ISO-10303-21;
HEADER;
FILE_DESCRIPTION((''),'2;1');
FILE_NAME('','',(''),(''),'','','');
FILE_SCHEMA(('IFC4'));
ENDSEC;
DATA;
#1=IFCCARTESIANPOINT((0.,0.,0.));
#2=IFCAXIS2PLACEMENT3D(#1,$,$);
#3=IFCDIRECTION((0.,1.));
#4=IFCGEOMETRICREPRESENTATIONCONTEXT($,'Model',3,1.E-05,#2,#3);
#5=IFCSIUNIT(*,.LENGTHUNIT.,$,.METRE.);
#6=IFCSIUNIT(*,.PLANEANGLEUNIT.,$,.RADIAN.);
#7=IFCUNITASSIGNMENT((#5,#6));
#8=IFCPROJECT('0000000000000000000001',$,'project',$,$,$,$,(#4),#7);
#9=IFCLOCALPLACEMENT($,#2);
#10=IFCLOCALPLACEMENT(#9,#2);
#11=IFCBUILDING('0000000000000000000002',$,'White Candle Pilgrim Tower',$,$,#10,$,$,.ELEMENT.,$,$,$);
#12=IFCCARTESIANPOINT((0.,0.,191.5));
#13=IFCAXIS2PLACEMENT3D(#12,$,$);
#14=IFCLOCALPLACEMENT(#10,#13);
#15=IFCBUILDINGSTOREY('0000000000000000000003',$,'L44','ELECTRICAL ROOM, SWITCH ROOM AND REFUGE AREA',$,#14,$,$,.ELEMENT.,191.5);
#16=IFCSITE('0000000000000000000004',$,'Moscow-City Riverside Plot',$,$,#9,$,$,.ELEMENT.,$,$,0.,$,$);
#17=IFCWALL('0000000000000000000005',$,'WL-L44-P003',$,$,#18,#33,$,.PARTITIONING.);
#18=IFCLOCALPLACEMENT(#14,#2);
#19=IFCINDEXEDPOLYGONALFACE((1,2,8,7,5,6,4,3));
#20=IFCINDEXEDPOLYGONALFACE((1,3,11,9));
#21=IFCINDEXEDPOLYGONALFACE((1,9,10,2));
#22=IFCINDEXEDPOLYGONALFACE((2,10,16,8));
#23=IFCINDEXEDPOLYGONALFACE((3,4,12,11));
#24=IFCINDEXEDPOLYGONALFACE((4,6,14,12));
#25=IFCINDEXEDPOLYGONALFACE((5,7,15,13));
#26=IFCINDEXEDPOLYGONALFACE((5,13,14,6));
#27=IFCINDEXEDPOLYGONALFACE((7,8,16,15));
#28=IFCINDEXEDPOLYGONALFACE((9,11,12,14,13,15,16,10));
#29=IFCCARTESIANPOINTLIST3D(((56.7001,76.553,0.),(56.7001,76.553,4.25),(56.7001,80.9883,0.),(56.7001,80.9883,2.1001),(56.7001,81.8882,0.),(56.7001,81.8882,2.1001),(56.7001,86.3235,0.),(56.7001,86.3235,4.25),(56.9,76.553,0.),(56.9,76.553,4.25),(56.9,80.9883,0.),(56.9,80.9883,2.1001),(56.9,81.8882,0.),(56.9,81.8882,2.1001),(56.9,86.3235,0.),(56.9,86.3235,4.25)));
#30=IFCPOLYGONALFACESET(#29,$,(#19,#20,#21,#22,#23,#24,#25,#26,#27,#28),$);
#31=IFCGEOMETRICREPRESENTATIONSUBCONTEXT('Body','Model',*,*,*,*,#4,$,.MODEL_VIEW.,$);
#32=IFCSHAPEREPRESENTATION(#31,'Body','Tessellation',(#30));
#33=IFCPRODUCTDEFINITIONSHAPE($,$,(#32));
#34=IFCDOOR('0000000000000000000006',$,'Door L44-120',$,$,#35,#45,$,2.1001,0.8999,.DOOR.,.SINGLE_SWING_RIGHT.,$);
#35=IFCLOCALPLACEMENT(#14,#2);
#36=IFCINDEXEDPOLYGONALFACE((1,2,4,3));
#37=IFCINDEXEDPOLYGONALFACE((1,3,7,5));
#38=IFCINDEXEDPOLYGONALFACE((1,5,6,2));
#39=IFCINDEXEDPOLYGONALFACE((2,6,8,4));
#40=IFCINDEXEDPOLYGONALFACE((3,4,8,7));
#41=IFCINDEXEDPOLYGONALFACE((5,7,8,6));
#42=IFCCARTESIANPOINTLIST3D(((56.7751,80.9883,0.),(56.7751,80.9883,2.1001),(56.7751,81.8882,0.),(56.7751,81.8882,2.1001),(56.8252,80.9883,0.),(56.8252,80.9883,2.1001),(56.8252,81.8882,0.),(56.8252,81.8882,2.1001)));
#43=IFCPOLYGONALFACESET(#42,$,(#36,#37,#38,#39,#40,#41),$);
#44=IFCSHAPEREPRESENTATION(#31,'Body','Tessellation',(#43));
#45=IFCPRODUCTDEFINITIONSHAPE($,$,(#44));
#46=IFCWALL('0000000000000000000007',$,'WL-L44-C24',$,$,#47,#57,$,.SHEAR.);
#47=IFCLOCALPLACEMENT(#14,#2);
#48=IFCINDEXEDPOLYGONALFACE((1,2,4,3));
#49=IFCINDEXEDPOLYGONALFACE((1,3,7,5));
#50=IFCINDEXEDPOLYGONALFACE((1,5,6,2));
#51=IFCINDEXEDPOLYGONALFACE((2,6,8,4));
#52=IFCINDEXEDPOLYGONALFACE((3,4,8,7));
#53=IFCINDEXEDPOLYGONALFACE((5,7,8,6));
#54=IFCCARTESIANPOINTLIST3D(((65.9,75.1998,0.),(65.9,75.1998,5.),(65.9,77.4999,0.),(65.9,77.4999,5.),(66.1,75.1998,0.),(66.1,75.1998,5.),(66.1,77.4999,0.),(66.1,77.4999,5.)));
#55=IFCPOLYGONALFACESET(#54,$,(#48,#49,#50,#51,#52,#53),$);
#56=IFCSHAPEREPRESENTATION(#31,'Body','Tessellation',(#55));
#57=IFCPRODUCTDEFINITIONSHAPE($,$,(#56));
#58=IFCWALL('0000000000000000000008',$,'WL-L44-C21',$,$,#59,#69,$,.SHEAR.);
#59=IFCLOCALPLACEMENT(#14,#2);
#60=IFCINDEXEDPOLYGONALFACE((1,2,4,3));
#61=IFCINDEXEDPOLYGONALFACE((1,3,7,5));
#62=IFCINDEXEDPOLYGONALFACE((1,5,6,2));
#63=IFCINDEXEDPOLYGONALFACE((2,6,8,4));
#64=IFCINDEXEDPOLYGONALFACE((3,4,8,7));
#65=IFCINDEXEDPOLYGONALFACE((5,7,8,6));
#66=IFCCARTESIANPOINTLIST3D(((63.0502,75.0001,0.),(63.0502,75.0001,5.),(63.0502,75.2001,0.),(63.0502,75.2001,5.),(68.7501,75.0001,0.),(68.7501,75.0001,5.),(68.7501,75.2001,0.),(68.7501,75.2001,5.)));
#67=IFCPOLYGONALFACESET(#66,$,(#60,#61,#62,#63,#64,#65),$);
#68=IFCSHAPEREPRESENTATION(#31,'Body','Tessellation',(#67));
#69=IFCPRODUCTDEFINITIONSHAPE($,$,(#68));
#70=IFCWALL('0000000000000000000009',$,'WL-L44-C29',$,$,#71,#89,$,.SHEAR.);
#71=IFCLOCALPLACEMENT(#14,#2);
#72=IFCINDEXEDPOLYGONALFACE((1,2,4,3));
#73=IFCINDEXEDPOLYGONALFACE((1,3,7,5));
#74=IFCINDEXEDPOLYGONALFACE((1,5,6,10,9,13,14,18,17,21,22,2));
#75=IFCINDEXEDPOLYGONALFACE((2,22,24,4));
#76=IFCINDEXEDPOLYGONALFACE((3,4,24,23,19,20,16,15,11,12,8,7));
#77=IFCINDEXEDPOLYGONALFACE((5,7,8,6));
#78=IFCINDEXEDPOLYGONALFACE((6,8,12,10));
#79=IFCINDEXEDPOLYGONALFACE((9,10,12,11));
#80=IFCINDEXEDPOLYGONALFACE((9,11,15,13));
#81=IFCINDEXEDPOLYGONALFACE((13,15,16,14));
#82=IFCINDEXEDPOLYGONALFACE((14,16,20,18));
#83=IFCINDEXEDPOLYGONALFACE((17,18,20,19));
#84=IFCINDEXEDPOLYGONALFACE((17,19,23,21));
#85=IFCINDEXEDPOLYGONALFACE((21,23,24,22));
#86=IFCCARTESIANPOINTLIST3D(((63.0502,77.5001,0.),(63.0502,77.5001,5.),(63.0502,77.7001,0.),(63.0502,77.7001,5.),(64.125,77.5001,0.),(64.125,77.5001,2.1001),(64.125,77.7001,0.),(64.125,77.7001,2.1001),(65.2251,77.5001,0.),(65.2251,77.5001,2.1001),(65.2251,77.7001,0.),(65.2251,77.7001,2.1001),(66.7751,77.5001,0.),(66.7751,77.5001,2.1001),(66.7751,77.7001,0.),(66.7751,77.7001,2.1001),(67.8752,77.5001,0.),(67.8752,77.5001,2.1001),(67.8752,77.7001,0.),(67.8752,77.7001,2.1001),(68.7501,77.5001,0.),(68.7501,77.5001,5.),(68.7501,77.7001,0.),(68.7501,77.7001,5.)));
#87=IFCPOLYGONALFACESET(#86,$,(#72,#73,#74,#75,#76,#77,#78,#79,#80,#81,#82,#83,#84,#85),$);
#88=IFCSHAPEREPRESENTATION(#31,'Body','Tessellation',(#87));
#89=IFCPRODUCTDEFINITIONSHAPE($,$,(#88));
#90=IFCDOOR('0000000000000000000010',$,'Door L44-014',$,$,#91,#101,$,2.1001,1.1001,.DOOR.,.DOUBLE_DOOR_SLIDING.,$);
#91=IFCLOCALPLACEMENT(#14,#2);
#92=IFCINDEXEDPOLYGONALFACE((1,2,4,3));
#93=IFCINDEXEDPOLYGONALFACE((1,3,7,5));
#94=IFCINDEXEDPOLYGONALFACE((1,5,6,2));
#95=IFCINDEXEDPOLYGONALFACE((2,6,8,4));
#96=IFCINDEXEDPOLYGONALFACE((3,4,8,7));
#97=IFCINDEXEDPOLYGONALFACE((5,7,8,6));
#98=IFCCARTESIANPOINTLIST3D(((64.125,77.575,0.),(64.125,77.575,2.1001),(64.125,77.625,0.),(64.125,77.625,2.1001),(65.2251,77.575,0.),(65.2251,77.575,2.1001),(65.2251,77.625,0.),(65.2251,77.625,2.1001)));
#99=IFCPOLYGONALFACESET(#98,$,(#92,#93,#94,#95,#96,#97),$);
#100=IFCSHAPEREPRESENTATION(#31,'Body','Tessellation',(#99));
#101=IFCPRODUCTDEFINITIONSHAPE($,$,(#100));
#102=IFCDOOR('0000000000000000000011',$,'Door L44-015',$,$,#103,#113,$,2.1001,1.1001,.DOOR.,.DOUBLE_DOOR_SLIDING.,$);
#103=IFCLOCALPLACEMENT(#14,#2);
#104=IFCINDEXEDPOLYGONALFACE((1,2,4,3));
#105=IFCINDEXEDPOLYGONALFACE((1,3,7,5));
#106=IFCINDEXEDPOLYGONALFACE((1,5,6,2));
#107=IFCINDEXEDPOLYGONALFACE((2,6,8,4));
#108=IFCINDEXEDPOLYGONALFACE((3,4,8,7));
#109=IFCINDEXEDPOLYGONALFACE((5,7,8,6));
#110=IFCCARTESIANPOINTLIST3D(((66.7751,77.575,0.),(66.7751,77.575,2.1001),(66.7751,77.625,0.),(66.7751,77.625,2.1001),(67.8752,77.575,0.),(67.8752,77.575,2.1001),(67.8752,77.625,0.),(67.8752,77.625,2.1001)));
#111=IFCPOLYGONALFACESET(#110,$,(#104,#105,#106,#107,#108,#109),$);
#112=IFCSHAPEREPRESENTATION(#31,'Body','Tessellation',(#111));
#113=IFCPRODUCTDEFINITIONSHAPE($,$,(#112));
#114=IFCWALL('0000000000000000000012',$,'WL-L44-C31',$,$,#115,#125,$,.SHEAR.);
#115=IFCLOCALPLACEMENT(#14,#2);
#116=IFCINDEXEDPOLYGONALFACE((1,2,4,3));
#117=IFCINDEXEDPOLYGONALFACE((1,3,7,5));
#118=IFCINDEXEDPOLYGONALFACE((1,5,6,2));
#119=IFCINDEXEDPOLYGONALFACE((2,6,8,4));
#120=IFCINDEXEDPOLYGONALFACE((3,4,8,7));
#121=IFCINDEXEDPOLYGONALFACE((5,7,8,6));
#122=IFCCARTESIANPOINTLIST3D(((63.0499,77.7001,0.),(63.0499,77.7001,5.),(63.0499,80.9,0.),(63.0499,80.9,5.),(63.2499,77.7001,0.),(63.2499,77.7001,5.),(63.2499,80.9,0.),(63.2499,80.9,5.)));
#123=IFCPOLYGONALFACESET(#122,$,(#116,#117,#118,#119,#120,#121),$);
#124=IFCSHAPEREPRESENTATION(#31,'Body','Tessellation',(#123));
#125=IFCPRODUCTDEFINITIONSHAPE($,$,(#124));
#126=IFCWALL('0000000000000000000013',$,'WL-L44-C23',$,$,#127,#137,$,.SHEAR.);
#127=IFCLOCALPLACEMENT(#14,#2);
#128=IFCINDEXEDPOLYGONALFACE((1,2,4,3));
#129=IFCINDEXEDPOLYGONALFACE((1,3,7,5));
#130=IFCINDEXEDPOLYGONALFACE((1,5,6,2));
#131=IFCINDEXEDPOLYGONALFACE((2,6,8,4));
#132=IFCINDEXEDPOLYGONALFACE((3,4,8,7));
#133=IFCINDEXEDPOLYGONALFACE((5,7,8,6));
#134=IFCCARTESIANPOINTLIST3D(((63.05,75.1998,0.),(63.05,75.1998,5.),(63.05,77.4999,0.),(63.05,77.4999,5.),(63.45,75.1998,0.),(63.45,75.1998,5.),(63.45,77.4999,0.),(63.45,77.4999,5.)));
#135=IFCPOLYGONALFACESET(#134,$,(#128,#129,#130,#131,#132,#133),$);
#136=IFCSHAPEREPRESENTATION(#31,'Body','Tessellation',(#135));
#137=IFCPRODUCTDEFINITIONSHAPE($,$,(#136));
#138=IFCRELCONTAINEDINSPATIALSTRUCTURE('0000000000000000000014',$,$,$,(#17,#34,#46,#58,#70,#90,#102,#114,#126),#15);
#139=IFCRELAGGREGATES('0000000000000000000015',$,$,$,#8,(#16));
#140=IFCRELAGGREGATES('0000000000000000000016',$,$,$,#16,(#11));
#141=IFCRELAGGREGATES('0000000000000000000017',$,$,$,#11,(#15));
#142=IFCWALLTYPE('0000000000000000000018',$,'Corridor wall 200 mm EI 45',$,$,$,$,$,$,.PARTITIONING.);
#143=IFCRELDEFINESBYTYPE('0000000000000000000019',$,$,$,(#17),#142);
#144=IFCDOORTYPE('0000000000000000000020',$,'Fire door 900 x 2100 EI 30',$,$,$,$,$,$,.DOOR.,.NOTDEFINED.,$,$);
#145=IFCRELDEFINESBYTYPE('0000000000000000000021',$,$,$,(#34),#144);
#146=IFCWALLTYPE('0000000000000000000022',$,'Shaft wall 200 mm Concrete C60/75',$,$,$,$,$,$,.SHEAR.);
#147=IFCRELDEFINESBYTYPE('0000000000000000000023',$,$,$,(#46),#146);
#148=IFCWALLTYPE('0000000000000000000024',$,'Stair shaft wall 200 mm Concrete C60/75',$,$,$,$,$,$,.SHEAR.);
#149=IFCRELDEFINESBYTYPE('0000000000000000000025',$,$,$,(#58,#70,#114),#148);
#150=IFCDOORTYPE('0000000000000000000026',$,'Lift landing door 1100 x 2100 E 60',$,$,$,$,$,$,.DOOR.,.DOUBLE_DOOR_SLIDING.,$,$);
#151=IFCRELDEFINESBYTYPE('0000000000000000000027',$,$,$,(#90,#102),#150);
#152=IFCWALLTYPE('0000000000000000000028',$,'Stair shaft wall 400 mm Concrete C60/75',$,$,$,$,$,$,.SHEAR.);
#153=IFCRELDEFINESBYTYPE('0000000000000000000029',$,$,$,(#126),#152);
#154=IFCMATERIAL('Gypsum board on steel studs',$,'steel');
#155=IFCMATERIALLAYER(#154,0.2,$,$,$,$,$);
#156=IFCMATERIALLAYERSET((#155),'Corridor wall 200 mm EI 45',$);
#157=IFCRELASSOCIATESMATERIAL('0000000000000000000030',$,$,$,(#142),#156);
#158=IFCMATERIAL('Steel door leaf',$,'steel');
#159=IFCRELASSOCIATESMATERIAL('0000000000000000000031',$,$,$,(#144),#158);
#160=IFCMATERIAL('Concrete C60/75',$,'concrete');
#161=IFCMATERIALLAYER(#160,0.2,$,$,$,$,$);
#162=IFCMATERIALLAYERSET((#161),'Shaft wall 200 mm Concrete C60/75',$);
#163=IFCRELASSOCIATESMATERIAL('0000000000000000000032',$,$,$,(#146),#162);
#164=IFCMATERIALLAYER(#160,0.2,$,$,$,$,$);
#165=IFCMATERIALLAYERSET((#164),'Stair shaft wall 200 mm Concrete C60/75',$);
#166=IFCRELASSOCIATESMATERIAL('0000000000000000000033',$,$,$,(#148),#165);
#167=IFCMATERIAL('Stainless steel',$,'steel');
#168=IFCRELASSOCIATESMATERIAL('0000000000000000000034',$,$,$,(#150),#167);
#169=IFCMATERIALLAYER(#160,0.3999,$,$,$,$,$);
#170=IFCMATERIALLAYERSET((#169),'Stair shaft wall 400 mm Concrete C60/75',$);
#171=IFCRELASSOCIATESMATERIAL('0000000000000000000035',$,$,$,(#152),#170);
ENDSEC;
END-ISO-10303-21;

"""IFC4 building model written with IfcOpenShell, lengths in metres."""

from ifc_helpers import new_model, si_unit, direction, frame, frame_2d, origin, place, context, subcontext, project, spatial, rectangle, extrude, material, layer, layer_set, type_object, element, fill, save


model = new_model("IFC4")

# Units and contexts
model_context = context("Model", 3, precision=1e-05, world=origin(), true_north=direction((0.0, 1.0)))
body_context = subcontext(model_context, "Body", "Model", "MODEL_VIEW")
ifc_project = project(units=[si_unit("LENGTHUNIT", "METRE"), si_unit("PLANEANGLEUNIT", "RADIAN")], contexts=[model_context])

# Site, building, storey
site_placement = place(None, origin())
site = spatial("IfcSite", under=ifc_project, at=site_placement, Name="Moscow-City Riverside Plot", CompositionType="ELEMENT", RefElevation=0.0)
building_placement = place(site_placement, origin())
building = spatial("IfcBuilding", under=site, at=building_placement, Name="White Candle Pilgrim Tower", CompositionType="ELEMENT")
storey_placement = place(building_placement, frame((0.0, 0.0, 191.5)))
storey = spatial("IfcBuildingStorey", under=building, at=storey_placement, Name="L44", Description="ELECTRICAL ROOM, SWITCH ROOM AND REFUGE AREA", CompositionType="ELEMENT", Elevation=191.5)

# Wall, opening, door
ifc_material_1 = material(Name="Gypsum board on steel studs", Category="steel")
ifc_layer_1 = layer(ifc_material_1, 0.2)
ifc_layer_set_1 = layer_set([ifc_layer_1], Name="Corridor wall 200 mm EI 45")
wall_type_1 = type_object("IfcWallType", Name="Corridor wall 200 mm EI 45", PredefinedType="PARTITIONING", material=ifc_layer_set_1)
wall_1_placement = place(storey_placement, frame((56.8, 76.553, 0.0), z_axis=(0.0, 0.0, 1.0), x_axis=(0.0, 1.0, 0.0)))
wall_1 = element("IfcWall", 1, at=wall_1_placement, inside=storey, type_object=wall_type_1, Name="WL-L44-P003", PredefinedType="PARTITIONING", context=body_context, shape_type="SweptSolid", body=[
    extrude(rectangle(XDim=9.7705, YDim=0.2, at=frame_2d((4.8853, 0.0))), origin(), (0.0, 0.0, 1.0), 4.25),
])
opening_1_placement = place(wall_1_placement, frame((4.4353, 0.0, 0.0)))
opening_1 = element("IfcOpeningElement", 2, at=opening_1_placement, cuts=wall_1, PredefinedType="OPENING", context=body_context, shape_type="SweptSolid", body=[
    extrude(rectangle(XDim=0.8999, YDim=2.1001, at=frame_2d((0.45, 1.05))), frame((0.0, 0.1099, 0.0), z_axis=(0.0, -1.0, 0.0), x_axis=(1.0, 0.0, 0.0)), (0.0, 0.0, 1.0), 0.22),
])
ifc_material_2 = material(Name="Steel door leaf", Category="steel")
door_type_1 = type_object("IfcDoorType", Name="Fire door 900 x 2100 EI 30", OperationType="NOTDEFINED", PredefinedType="DOOR", material=ifc_material_2)
door_1_placement = place(opening_1_placement, origin())
door_1 = element("IfcDoor", 3, at=door_1_placement, inside=storey, type_object=door_type_1, Name="Door L44-120", OperationType="SINGLE_SWING_RIGHT", OverallHeight=2.1001, OverallWidth=0.8999, PredefinedType="DOOR", context=body_context, shape_type="SweptSolid", body=[
    extrude(rectangle(XDim=0.8999, YDim=2.1001, at=frame_2d((0.45, 1.05))), frame((0.0, 0.0249, 0.0), z_axis=(0.0, -1.0, 0.0), x_axis=(1.0, 0.0, 0.0)), (0.0, 0.0, 1.0), 0.05),
])
fill(opening_1, door_1)

# Walls
ifc_material_3 = material(Name="Concrete C60/75", Category="concrete")
ifc_layer_2 = layer(ifc_material_3, 0.2)
ifc_layer_set_2 = layer_set([ifc_layer_2], Name="Shaft wall 200 mm Concrete C60/75")
wall_type_2 = type_object("IfcWallType", Name="Shaft wall 200 mm Concrete C60/75", PredefinedType="SHEAR", material=ifc_layer_set_2)
wall_2_placement = place(storey_placement, frame((66.0, 75.2, 0.0), z_axis=(0.0, 0.0, 1.0), x_axis=(0.0, 1.0, 0.0)))
element("IfcWall", 4, at=wall_2_placement, inside=storey, type_object=wall_type_2, Name="WL-L44-C24", PredefinedType="SHEAR", context=body_context, shape_type="SweptSolid", body=[
    extrude(rectangle(XDim=2.3, YDim=0.2, at=frame_2d((1.1499, 0.0))), origin(), (0.0, 0.0, 1.0), 5.0),
])
ifc_layer_3 = layer(ifc_material_3, 0.2)
ifc_layer_set_3 = layer_set([ifc_layer_3], Name="Stair shaft wall 200 mm Concrete C60/75")
wall_type_3 = type_object("IfcWallType", Name="Stair shaft wall 200 mm Concrete C60/75", PredefinedType="SHEAR", material=ifc_layer_set_3)
wall_3_placement = place(storey_placement, frame((63.05, 75.1001, 0.0), z_axis=(0.0, 0.0, 1.0), x_axis=(1.0, 0.0, 0.0)))
element("IfcWall", 5, at=wall_3_placement, inside=storey, type_object=wall_type_3, Name="WL-L44-C21", PredefinedType="SHEAR", context=body_context, shape_type="SweptSolid", body=[
    extrude(rectangle(XDim=5.7, YDim=0.2, at=frame_2d((2.8501, 0.0))), origin(), (0.0, 0.0, 1.0), 5.0),
])

# Wall, openings, doors
wall_4_placement = place(storey_placement, frame((63.05, 77.6001, 0.0), z_axis=(0.0, 0.0, 1.0), x_axis=(1.0, 0.0, 0.0)))
wall_4 = element("IfcWall", 6, at=wall_4_placement, inside=storey, type_object=wall_type_3, Name="WL-L44-C29", PredefinedType="SHEAR", context=body_context, shape_type="SweptSolid", body=[
    extrude(rectangle(XDim=5.7, YDim=0.2, at=frame_2d((2.8501, 0.0))), origin(), (0.0, 0.0, 1.0), 5.0),
])
opening_2_placement = place(wall_4_placement, frame((1.075, 0.0, 0.0)))
opening_2 = element("IfcOpeningElement", 7, at=opening_2_placement, cuts=wall_4, PredefinedType="OPENING", context=body_context, shape_type="SweptSolid", body=[
    extrude(rectangle(XDim=1.1001, YDim=2.1001, at=frame_2d((0.55, 1.05))), frame((0.0, 0.1099, 0.0), z_axis=(0.0, -1.0, 0.0), x_axis=(1.0, 0.0, 0.0)), (0.0, 0.0, 1.0), 0.22),
])
opening_3_placement = place(wall_4_placement, frame((3.7251, 0.0, 0.0)))
opening_3 = element("IfcOpeningElement", 8, at=opening_3_placement, cuts=wall_4, PredefinedType="OPENING", context=body_context, shape_type="SweptSolid", body=[
    extrude(rectangle(XDim=1.1001, YDim=2.1001, at=frame_2d((0.55, 1.05))), frame((0.0, 0.1099, 0.0), z_axis=(0.0, -1.0, 0.0), x_axis=(1.0, 0.0, 0.0)), (0.0, 0.0, 1.0), 0.22),
])
ifc_material_4 = material(Name="Stainless steel", Category="steel")
door_type_2 = type_object("IfcDoorType", Name="Lift landing door 1100 x 2100 E 60", OperationType="DOUBLE_DOOR_SLIDING", PredefinedType="DOOR", material=ifc_material_4)
door_2_placement = place(opening_2_placement, origin())
door_2 = element("IfcDoor", 9, at=door_2_placement, inside=storey, type_object=door_type_2, Name="Door L44-014", OperationType="DOUBLE_DOOR_SLIDING", OverallHeight=2.1001, OverallWidth=1.1001, PredefinedType="DOOR", context=body_context, shape_type="SweptSolid", body=[
    extrude(rectangle(XDim=1.1001, YDim=2.1001, at=frame_2d((0.55, 1.05))), frame((0.0, 0.0249, 0.0), z_axis=(0.0, -1.0, 0.0), x_axis=(1.0, 0.0, 0.0)), (0.0, 0.0, 1.0), 0.05),
])
fill(opening_2, door_2)
door_3_placement = place(opening_3_placement, origin())
door_3 = element("IfcDoor", 10, at=door_3_placement, inside=storey, type_object=door_type_2, Name="Door L44-015", OperationType="DOUBLE_DOOR_SLIDING", OverallHeight=2.1001, OverallWidth=1.1001, PredefinedType="DOOR", context=body_context, shape_type="SweptSolid", body=[
    extrude(rectangle(XDim=1.1001, YDim=2.1001, at=frame_2d((0.55, 1.05))), frame((0.0, 0.0249, 0.0), z_axis=(0.0, -1.0, 0.0), x_axis=(1.0, 0.0, 0.0)), (0.0, 0.0, 1.0), 0.05),
])
fill(opening_3, door_3)

# Walls
wall_5_placement = place(storey_placement, frame((63.1499, 77.7, 0.0), z_axis=(0.0, 0.0, 1.0), x_axis=(0.0, 1.0, 0.0)))
element("IfcWall", 11, at=wall_5_placement, inside=storey, type_object=wall_type_3, Name="WL-L44-C31", PredefinedType="SHEAR", context=body_context, shape_type="SweptSolid", body=[
    extrude(rectangle(XDim=3.2, YDim=0.2, at=frame_2d((1.6001, 0.0))), origin(), (0.0, 0.0, 1.0), 5.0),
])
ifc_layer_4 = layer(ifc_material_3, 0.3999)
ifc_layer_set_4 = layer_set([ifc_layer_4], Name="Stair shaft wall 400 mm Concrete C60/75")
wall_type_4 = type_object("IfcWallType", Name="Stair shaft wall 400 mm Concrete C60/75", PredefinedType="SHEAR", material=ifc_layer_set_4)
wall_6_placement = place(storey_placement, frame((63.25, 75.2, 0.0), z_axis=(0.0, 0.0, 1.0), x_axis=(0.0, 1.0, 0.0)))
element("IfcWall", 12, at=wall_6_placement, inside=storey, type_object=wall_type_4, Name="WL-L44-C23", PredefinedType="SHEAR", context=body_context, shape_type="SweptSolid", body=[
    extrude(rectangle(XDim=2.3, YDim=0.3999, at=frame_2d((1.1499, 0.0))), origin(), (0.0, 0.0, 1.0), 5.0),
])

save(model, "model.ifc")
